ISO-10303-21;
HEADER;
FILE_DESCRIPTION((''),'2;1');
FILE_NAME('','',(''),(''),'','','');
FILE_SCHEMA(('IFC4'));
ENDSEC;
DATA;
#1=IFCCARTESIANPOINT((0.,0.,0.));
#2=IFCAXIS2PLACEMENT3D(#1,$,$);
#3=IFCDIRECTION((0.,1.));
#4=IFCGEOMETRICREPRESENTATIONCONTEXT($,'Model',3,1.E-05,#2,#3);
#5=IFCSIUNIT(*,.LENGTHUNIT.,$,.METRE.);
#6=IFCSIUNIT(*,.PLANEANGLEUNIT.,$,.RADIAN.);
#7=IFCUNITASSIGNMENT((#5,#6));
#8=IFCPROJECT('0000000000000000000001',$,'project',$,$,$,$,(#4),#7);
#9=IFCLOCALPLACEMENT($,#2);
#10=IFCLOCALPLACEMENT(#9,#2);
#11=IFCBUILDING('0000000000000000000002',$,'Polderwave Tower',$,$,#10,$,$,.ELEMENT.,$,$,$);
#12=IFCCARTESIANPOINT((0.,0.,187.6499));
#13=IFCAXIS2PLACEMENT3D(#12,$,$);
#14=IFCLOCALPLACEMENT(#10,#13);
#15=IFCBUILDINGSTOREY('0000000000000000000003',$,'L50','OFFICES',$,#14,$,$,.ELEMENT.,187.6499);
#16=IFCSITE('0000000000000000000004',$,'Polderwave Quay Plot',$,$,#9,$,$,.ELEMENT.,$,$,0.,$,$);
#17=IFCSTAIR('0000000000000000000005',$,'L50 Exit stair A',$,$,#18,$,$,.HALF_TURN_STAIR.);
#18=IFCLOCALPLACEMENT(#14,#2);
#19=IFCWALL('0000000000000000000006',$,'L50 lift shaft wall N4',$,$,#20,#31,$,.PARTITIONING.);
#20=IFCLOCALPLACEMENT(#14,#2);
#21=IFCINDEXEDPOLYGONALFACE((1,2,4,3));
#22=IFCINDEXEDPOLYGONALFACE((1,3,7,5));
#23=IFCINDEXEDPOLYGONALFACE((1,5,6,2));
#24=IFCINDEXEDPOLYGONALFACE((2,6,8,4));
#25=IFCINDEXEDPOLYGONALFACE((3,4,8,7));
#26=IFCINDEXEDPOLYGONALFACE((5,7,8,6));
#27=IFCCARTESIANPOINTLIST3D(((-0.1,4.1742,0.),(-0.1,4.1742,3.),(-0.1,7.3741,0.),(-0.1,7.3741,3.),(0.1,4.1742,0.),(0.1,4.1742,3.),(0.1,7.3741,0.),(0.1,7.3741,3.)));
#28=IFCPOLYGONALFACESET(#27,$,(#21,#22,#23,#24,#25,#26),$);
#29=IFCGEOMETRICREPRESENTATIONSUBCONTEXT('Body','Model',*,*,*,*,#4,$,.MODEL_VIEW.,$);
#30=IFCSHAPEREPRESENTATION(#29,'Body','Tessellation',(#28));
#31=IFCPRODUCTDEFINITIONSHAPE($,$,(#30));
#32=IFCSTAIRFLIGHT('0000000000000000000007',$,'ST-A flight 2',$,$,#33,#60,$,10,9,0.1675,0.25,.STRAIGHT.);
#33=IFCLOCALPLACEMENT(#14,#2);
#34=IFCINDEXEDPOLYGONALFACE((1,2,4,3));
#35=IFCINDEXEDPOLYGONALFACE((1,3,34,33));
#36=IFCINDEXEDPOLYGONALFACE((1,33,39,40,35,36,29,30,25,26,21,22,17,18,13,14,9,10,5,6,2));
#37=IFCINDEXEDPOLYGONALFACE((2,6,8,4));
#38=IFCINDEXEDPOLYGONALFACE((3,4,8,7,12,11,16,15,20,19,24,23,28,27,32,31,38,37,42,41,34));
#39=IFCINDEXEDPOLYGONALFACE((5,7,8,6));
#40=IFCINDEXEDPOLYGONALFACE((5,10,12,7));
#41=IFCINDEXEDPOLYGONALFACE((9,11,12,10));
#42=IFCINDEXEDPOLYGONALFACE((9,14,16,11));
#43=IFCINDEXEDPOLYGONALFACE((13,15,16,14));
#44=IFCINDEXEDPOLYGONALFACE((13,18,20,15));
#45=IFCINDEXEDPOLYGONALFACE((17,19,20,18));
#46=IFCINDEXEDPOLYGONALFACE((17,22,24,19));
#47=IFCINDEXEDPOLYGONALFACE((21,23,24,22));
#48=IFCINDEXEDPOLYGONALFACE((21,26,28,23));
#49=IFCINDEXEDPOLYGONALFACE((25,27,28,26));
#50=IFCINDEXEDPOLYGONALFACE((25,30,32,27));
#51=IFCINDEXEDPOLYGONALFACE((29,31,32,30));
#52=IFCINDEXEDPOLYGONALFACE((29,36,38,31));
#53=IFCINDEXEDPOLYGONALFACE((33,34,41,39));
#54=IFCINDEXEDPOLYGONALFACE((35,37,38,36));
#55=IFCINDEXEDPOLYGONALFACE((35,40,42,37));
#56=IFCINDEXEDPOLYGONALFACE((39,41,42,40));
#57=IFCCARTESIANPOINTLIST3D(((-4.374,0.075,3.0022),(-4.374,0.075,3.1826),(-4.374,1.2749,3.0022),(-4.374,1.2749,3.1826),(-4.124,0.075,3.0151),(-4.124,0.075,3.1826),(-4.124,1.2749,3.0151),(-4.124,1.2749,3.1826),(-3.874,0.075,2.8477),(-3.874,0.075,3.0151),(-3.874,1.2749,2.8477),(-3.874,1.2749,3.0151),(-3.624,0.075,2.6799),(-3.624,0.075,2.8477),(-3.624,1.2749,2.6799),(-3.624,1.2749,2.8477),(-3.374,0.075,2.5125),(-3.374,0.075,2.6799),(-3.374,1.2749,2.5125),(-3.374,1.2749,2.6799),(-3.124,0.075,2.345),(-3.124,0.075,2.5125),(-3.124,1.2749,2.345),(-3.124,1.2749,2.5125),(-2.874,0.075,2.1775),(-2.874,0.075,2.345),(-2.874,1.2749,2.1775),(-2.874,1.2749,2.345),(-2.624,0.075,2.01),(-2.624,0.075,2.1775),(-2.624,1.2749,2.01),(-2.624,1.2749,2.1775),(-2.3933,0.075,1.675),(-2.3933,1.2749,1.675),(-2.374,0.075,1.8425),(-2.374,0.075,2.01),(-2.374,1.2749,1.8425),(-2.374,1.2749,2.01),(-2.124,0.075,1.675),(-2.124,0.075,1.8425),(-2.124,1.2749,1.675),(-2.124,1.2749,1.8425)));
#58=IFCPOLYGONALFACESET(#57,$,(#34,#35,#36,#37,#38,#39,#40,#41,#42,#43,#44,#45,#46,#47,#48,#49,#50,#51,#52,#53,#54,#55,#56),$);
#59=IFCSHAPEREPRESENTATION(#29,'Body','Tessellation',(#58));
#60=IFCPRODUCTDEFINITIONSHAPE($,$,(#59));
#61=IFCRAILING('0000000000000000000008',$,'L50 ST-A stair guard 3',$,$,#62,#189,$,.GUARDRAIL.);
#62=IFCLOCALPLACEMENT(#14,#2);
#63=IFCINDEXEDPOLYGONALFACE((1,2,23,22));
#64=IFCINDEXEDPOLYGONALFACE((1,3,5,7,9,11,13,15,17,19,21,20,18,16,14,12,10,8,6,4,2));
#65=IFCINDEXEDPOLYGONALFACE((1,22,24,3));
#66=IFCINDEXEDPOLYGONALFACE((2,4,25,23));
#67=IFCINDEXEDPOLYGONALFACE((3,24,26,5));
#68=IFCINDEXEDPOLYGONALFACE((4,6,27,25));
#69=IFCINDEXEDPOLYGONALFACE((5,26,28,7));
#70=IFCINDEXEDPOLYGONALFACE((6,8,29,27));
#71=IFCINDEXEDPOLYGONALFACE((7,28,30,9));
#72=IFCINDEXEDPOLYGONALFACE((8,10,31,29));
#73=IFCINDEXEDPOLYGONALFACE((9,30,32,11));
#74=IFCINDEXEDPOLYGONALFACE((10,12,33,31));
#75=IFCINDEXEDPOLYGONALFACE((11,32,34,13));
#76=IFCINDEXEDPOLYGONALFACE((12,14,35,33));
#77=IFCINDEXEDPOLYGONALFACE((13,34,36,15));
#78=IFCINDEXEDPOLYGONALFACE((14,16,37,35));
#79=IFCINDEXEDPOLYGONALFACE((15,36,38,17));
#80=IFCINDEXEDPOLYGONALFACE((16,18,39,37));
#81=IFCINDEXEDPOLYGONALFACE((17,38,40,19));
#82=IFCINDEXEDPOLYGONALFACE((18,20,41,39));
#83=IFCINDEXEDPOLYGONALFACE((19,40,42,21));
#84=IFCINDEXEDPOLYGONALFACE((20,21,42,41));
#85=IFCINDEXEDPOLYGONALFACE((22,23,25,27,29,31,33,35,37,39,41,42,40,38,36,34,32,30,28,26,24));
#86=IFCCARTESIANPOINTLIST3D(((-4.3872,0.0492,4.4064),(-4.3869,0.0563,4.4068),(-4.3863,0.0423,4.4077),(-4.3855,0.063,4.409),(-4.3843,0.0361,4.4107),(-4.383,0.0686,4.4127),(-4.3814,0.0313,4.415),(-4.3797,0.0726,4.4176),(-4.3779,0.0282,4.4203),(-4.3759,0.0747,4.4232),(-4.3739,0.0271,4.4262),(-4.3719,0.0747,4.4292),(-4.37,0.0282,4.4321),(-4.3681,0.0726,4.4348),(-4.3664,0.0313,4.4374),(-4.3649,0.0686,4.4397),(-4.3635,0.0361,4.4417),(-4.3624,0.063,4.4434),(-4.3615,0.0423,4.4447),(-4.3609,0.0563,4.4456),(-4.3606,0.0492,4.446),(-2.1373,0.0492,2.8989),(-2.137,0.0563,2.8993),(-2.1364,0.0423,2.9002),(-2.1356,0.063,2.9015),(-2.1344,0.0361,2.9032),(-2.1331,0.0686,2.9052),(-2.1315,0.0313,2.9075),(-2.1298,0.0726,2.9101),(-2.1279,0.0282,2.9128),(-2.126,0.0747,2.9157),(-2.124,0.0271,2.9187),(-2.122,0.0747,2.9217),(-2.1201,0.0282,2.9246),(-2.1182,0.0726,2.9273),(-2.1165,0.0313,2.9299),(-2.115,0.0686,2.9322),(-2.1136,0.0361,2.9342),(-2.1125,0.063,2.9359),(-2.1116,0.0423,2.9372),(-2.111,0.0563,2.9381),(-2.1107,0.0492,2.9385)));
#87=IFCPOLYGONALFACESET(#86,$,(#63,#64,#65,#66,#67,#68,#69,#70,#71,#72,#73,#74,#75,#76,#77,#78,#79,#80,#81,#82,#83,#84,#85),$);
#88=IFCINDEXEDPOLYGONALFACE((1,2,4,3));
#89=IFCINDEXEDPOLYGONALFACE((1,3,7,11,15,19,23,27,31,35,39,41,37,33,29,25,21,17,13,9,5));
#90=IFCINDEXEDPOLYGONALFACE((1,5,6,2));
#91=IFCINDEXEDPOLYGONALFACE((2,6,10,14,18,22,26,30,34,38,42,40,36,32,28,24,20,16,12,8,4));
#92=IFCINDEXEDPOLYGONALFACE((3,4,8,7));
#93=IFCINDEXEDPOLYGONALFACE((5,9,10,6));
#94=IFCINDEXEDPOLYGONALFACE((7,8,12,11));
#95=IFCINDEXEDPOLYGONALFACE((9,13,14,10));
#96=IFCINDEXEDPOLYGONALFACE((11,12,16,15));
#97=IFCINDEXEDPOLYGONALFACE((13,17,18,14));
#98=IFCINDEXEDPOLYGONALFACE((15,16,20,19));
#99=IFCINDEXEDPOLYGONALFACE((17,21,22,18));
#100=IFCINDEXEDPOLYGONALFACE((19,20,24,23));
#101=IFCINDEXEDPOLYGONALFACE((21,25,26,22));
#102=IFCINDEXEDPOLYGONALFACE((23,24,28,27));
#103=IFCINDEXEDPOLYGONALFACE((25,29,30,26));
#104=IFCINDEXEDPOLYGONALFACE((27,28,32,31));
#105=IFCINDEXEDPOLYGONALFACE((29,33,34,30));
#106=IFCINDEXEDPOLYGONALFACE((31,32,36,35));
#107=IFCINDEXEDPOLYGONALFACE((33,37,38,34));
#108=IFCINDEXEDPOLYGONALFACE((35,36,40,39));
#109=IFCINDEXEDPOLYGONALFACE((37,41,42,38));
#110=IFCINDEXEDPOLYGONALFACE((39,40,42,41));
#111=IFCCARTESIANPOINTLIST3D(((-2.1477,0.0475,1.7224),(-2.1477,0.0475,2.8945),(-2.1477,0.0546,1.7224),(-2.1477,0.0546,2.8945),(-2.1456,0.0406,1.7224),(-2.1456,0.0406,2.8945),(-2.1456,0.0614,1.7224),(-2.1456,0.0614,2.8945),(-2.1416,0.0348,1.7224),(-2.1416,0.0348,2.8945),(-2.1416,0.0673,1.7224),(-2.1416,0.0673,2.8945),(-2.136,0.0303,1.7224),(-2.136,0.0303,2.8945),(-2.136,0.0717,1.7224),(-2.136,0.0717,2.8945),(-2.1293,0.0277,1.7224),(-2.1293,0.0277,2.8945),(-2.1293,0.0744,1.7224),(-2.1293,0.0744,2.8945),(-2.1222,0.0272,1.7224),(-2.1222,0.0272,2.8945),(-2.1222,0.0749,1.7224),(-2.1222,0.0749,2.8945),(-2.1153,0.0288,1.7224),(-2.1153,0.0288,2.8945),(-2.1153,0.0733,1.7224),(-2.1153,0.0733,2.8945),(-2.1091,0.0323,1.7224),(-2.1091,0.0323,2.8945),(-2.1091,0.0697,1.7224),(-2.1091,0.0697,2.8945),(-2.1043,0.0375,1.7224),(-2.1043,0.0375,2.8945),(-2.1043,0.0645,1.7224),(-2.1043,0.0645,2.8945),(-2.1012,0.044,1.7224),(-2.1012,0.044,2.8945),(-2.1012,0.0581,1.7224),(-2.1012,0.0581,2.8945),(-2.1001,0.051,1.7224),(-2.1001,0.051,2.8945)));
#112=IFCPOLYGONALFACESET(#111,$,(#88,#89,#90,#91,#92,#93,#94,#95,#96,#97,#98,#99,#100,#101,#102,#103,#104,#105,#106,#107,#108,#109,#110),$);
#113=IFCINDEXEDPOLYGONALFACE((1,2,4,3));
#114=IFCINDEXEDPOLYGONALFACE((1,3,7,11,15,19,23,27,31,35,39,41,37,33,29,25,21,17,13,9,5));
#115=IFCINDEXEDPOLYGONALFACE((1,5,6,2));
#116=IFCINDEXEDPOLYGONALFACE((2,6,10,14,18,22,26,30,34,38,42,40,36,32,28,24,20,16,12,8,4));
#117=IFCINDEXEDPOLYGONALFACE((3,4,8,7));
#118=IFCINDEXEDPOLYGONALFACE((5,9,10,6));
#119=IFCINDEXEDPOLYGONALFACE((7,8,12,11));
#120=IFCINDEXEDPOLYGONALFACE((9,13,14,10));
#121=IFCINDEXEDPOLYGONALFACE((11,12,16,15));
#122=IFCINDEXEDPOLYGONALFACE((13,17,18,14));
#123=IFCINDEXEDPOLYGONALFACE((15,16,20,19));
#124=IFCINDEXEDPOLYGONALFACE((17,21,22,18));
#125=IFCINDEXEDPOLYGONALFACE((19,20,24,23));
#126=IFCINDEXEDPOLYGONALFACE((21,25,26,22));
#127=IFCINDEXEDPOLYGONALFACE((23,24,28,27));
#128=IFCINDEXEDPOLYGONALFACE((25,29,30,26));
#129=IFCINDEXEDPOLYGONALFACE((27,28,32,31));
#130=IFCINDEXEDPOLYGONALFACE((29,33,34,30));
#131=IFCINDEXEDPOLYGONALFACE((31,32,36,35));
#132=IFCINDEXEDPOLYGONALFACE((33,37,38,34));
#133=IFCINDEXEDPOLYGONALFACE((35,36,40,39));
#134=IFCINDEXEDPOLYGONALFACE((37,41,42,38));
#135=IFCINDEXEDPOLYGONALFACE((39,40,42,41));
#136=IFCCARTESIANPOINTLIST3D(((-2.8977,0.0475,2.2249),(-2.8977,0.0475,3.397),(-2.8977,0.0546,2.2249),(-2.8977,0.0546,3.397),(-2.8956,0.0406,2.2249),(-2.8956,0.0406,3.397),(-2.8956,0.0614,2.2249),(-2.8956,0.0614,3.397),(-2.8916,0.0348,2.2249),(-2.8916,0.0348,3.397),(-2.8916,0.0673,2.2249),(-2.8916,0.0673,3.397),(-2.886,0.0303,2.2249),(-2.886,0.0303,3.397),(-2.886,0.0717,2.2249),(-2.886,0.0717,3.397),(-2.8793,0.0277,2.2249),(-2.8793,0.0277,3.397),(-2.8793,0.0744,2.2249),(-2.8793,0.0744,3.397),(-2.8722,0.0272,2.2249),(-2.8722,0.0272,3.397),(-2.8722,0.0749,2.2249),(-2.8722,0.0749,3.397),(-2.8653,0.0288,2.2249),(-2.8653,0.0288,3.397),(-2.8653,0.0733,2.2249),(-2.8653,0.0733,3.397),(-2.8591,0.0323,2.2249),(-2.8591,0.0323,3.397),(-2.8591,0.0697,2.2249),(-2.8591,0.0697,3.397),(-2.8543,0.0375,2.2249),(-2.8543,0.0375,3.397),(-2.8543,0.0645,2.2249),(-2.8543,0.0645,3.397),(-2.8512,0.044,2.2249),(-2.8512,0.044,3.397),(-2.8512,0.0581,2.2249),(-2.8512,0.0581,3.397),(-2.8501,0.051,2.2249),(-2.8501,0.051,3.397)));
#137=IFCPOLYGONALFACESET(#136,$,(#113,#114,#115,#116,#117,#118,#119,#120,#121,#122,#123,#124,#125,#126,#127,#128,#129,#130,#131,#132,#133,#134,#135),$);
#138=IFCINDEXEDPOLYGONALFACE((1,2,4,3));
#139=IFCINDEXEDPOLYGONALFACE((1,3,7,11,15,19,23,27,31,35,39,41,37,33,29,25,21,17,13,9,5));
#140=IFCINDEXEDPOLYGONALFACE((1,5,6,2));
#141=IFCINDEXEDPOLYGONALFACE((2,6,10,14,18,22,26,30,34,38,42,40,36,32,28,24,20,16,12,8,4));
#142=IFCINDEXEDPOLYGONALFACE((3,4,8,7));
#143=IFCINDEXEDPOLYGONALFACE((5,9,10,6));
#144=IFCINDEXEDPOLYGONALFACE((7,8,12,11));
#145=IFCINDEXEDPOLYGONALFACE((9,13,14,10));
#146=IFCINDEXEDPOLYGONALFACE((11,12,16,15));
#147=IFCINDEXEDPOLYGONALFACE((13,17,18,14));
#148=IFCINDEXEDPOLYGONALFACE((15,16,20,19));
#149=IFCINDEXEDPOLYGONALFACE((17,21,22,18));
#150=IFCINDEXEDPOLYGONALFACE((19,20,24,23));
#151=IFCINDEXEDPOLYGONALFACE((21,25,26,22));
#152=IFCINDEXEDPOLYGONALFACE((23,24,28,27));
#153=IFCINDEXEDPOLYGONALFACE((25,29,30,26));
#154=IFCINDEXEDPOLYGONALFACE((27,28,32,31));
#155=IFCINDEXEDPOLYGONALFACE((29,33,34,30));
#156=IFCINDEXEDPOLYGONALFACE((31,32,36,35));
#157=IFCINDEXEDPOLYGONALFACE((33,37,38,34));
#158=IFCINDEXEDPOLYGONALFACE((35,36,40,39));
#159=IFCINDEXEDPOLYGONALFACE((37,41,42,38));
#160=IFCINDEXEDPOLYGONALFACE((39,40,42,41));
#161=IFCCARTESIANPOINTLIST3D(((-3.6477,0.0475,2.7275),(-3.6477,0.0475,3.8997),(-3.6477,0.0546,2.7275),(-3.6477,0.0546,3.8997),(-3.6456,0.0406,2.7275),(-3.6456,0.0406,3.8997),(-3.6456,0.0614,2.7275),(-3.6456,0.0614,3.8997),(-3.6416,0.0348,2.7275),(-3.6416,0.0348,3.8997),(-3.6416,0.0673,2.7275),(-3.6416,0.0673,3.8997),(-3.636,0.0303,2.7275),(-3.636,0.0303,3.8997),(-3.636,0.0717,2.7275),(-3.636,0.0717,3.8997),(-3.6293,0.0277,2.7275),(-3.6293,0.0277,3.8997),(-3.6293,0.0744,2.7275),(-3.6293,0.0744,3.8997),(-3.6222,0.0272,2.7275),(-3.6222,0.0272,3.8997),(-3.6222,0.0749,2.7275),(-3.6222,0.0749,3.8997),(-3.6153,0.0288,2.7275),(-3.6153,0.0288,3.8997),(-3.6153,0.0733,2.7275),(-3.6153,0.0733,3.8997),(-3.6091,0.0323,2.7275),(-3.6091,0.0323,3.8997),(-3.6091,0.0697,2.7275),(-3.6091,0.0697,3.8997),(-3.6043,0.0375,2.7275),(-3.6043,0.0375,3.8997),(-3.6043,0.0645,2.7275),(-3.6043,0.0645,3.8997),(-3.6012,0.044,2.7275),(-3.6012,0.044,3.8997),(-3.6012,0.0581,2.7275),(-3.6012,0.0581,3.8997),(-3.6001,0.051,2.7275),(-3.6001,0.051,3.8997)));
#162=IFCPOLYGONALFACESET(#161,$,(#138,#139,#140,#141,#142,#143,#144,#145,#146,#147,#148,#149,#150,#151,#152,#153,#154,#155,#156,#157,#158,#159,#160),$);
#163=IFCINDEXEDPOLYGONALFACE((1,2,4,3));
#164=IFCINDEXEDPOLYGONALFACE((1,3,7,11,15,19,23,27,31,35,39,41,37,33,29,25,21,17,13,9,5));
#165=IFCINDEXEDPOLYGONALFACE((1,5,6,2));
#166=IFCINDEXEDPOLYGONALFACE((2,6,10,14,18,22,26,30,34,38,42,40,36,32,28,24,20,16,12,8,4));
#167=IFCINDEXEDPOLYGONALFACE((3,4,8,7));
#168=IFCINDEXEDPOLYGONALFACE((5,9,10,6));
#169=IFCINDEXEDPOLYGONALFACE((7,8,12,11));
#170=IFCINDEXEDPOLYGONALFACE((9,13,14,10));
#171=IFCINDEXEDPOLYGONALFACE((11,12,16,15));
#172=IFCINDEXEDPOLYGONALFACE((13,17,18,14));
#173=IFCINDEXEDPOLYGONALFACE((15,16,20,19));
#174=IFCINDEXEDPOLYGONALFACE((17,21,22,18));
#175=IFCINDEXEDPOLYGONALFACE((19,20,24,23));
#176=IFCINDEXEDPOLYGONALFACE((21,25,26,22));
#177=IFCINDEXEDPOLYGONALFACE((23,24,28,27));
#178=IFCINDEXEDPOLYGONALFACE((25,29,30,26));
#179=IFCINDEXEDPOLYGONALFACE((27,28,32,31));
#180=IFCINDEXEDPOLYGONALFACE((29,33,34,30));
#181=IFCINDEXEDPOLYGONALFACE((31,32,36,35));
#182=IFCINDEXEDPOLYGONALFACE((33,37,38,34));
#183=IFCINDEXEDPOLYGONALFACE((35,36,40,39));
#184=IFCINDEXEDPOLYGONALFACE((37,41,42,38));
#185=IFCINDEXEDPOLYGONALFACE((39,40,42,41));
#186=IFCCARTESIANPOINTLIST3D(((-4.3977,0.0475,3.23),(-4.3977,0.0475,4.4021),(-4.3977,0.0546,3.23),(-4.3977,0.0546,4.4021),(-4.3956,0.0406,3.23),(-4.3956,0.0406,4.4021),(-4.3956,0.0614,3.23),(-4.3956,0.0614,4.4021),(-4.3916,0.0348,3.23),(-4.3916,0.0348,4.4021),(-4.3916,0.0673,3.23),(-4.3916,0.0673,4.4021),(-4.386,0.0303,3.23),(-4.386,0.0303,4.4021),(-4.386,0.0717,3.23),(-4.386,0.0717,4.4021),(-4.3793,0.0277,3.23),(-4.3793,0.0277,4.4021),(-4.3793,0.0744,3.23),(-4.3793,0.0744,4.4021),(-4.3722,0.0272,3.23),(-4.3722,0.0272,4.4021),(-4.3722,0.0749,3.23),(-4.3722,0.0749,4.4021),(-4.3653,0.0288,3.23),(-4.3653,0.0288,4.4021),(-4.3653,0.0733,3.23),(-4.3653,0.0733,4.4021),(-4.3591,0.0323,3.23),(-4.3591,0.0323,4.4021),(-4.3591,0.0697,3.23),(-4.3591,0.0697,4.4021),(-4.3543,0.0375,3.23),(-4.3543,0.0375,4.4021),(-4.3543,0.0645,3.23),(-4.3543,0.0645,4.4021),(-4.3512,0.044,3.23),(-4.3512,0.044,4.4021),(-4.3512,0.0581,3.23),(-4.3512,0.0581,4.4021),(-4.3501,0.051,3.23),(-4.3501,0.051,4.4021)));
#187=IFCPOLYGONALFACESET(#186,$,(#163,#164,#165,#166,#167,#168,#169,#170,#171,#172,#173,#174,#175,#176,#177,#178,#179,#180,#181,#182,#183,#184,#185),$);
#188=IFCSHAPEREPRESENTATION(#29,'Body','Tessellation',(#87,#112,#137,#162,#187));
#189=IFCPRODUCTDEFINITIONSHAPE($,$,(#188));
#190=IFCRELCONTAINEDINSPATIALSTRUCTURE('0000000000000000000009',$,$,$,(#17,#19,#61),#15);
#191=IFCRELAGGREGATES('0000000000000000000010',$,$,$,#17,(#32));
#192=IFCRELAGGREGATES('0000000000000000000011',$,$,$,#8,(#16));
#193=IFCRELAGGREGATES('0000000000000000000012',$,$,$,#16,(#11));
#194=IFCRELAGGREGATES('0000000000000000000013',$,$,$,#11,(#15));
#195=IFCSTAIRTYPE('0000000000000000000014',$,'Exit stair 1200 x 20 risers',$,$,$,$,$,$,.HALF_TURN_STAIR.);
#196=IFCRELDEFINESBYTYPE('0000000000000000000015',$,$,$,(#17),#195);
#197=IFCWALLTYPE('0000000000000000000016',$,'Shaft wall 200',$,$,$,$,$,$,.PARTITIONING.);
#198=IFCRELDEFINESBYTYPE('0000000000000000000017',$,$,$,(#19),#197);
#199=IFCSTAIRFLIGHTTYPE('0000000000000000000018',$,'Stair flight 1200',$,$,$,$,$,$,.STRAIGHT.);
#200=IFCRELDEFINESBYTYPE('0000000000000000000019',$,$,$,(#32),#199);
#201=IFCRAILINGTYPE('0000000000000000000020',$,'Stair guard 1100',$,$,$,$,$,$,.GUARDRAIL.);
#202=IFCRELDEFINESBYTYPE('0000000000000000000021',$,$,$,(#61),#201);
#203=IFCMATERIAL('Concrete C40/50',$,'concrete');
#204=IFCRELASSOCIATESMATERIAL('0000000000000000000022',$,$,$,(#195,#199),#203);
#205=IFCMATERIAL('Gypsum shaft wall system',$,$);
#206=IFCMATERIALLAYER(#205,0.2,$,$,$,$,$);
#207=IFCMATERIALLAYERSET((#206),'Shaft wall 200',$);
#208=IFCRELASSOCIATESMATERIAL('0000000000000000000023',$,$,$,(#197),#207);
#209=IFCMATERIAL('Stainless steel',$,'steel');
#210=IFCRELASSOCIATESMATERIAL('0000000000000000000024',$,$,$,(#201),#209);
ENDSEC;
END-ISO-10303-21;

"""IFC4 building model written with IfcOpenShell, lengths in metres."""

from ifc_helpers import new_model, si_unit, direction, frame, frame_2d, origin, origin_2d, place, context, subcontext, project, spatial, polyline, rectangle, circle, outline, extrude, material, layer, layer_set, type_object, element, aggregate, save


model = new_model("IFC4")

# Units and contexts
model_context = context("Model", 3, precision=1e-05, world=origin(), true_north=direction((0.0, 1.0)))
body_context = subcontext(model_context, "Body", "Model", "MODEL_VIEW")
ifc_project = project(units=[si_unit("LENGTHUNIT", "METRE"), si_unit("PLANEANGLEUNIT", "RADIAN")], contexts=[model_context])

# Site, building, storey
site_placement = place(None, origin())
site = spatial("IfcSite", under=ifc_project, at=site_placement, Name="Polderwave Quay Plot", CompositionType="ELEMENT", RefElevation=0.0)
building_placement = place(site_placement, origin())
building = spatial("IfcBuilding", under=site, at=building_placement, Name="Polderwave Tower", CompositionType="ELEMENT")
storey_placement = place(building_placement, frame((0.0, 0.0, 187.6499)))
storey = spatial("IfcBuildingStorey", under=building, at=storey_placement, Name="L50", Description="OFFICES", CompositionType="ELEMENT", Elevation=187.6499)

# Shared definitions
ifc_material_1 = material(Name="Concrete C40/50", Category="concrete")

# Stair
stair_type = type_object("IfcStairType", Name="Exit stair 1200 x 20 risers", PredefinedType="HALF_TURN_STAIR", material=ifc_material_1)
stair_1_placement = place(storey_placement, origin())
stair_1 = element("IfcStair", 1, at=stair_1_placement, inside=storey, type_object=stair_type, Name="L50 Exit stair A", PredefinedType="HALF_TURN_STAIR")

# Shared definitions
ifc_material_2 = material(Name="Stainless steel", Category="steel")

# Wall
ifc_material_3 = material(Name="Gypsum shaft wall system")
ifc_layer_1 = layer(ifc_material_3, 0.2)
ifc_layer_set_1 = layer_set([ifc_layer_1], Name="Shaft wall 200")
wall_type_1 = type_object("IfcWallType", Name="Shaft wall 200", PredefinedType="PARTITIONING", material=ifc_layer_set_1)
for number, where, z_axis, x_axis, name in (
    (2, (0.0, 4.1741, 0.0), (0.0, 0.0, 1.0), (0.0, 1.0, 0.0), "L50 lift shaft wall N4"),
):
    element("IfcWall", number, at=place(storey_placement, frame(where, z_axis=z_axis, x_axis=x_axis)), inside=storey, type_object=wall_type_1, Name=name, PredefinedType="PARTITIONING", context=body_context, shape_type="SweptSolid", body=[
        extrude(rectangle(XDim=3.2, YDim=0.2, at=frame_2d((1.6001, 0.0))), origin(), (0.0, 0.0, 1.0), 3.0),
    ])

# Stair flight
stair_flight_type = type_object("IfcStairFlightType", Name="Stair flight 1200", PredefinedType="STRAIGHT", material=ifc_material_1)
stair_flight_placement = place(storey_placement, frame((-2.124, 0.675, 1.675), z_axis=(0.0, 0.0, 1.0), x_axis=(-1.0, 0.0, 0.0)))
stair_flight = element("IfcStairFlight", 3, at=stair_flight_placement, type_object=stair_flight_type, Name="ST-A flight 2", NumberOfRisers=10, NumberOfTreads=9, PredefinedType="STRAIGHT", RiserHeight=0.1675, TreadLength=0.25, context=body_context, shape_type="SweptSolid", body=[
    extrude(outline(polyline([(0.0, 0.0), (0.0, 0.1675), (0.25, 0.1675), (0.25, 0.335), (0.5, 0.335), (0.5, 0.5024), (0.75, 0.5024), (0.75, 0.6699), (1.0, 0.6699), (1.0, 0.8374), (1.25, 0.8374), (1.25, 1.0049), (1.5, 1.0049), (1.5, 1.1726), (1.75, 1.1726), (1.75, 1.3401), (2.0, 1.3401), (2.0, 1.5076), (2.25, 1.5076), (2.25, 1.675), (2.25, 1.3271), (0.2693, 0.0), (0.0, 0.0)])), frame((0.0, 0.6001, 0.0), z_axis=(0.0, -1.0, 0.0), x_axis=(1.0, 0.0, 0.0)), (0.0, 0.0, 1.0), 1.2),
])
aggregate(stair_1, [stair_flight])

# Railing
railing_type_1 = type_object("IfcRailingType", Name="Stair guard 1100", PredefinedType="GUARDRAIL", material=ifc_material_2)
railing_1_placement = place(storey_placement, frame((-2.124, 0.051, 1.7224)))
element("IfcRailing", 4, at=railing_1_placement, inside=storey, type_object=railing_type_1, Name="L50 ST-A stair guard 3", PredefinedType="GUARDRAIL", context=body_context, shape_type="SweptSolid", body=[
    extrude(circle(Radius=0.0239, at=origin_2d()), frame((0.0, 0.0, 1.1963), z_axis=(-0.830758, 0.0, 0.556633), x_axis=(0.0, -1.0, 0.0)), (0.0, 0.0, 1.0), 2.7083),
    extrude(circle(Radius=0.0239, at=origin_2d()), origin(), (0.0, 0.0, 1.0), 1.1721),
    extrude(circle(Radius=0.0239, at=origin_2d()), frame((-0.75, 0.0, 0.5024)), (0.0, 0.0, 1.0), 1.1721),
    extrude(circle(Radius=0.0239, at=origin_2d()), frame((-1.5, 0.0, 1.0051)), (0.0, 0.0, 1.0), 1.1721),
    extrude(circle(Radius=0.0239, at=origin_2d()), frame((-2.25, 0.0, 1.5076)), (0.0, 0.0, 1.0), 1.1721),
])

save(model, "model.ifc")
